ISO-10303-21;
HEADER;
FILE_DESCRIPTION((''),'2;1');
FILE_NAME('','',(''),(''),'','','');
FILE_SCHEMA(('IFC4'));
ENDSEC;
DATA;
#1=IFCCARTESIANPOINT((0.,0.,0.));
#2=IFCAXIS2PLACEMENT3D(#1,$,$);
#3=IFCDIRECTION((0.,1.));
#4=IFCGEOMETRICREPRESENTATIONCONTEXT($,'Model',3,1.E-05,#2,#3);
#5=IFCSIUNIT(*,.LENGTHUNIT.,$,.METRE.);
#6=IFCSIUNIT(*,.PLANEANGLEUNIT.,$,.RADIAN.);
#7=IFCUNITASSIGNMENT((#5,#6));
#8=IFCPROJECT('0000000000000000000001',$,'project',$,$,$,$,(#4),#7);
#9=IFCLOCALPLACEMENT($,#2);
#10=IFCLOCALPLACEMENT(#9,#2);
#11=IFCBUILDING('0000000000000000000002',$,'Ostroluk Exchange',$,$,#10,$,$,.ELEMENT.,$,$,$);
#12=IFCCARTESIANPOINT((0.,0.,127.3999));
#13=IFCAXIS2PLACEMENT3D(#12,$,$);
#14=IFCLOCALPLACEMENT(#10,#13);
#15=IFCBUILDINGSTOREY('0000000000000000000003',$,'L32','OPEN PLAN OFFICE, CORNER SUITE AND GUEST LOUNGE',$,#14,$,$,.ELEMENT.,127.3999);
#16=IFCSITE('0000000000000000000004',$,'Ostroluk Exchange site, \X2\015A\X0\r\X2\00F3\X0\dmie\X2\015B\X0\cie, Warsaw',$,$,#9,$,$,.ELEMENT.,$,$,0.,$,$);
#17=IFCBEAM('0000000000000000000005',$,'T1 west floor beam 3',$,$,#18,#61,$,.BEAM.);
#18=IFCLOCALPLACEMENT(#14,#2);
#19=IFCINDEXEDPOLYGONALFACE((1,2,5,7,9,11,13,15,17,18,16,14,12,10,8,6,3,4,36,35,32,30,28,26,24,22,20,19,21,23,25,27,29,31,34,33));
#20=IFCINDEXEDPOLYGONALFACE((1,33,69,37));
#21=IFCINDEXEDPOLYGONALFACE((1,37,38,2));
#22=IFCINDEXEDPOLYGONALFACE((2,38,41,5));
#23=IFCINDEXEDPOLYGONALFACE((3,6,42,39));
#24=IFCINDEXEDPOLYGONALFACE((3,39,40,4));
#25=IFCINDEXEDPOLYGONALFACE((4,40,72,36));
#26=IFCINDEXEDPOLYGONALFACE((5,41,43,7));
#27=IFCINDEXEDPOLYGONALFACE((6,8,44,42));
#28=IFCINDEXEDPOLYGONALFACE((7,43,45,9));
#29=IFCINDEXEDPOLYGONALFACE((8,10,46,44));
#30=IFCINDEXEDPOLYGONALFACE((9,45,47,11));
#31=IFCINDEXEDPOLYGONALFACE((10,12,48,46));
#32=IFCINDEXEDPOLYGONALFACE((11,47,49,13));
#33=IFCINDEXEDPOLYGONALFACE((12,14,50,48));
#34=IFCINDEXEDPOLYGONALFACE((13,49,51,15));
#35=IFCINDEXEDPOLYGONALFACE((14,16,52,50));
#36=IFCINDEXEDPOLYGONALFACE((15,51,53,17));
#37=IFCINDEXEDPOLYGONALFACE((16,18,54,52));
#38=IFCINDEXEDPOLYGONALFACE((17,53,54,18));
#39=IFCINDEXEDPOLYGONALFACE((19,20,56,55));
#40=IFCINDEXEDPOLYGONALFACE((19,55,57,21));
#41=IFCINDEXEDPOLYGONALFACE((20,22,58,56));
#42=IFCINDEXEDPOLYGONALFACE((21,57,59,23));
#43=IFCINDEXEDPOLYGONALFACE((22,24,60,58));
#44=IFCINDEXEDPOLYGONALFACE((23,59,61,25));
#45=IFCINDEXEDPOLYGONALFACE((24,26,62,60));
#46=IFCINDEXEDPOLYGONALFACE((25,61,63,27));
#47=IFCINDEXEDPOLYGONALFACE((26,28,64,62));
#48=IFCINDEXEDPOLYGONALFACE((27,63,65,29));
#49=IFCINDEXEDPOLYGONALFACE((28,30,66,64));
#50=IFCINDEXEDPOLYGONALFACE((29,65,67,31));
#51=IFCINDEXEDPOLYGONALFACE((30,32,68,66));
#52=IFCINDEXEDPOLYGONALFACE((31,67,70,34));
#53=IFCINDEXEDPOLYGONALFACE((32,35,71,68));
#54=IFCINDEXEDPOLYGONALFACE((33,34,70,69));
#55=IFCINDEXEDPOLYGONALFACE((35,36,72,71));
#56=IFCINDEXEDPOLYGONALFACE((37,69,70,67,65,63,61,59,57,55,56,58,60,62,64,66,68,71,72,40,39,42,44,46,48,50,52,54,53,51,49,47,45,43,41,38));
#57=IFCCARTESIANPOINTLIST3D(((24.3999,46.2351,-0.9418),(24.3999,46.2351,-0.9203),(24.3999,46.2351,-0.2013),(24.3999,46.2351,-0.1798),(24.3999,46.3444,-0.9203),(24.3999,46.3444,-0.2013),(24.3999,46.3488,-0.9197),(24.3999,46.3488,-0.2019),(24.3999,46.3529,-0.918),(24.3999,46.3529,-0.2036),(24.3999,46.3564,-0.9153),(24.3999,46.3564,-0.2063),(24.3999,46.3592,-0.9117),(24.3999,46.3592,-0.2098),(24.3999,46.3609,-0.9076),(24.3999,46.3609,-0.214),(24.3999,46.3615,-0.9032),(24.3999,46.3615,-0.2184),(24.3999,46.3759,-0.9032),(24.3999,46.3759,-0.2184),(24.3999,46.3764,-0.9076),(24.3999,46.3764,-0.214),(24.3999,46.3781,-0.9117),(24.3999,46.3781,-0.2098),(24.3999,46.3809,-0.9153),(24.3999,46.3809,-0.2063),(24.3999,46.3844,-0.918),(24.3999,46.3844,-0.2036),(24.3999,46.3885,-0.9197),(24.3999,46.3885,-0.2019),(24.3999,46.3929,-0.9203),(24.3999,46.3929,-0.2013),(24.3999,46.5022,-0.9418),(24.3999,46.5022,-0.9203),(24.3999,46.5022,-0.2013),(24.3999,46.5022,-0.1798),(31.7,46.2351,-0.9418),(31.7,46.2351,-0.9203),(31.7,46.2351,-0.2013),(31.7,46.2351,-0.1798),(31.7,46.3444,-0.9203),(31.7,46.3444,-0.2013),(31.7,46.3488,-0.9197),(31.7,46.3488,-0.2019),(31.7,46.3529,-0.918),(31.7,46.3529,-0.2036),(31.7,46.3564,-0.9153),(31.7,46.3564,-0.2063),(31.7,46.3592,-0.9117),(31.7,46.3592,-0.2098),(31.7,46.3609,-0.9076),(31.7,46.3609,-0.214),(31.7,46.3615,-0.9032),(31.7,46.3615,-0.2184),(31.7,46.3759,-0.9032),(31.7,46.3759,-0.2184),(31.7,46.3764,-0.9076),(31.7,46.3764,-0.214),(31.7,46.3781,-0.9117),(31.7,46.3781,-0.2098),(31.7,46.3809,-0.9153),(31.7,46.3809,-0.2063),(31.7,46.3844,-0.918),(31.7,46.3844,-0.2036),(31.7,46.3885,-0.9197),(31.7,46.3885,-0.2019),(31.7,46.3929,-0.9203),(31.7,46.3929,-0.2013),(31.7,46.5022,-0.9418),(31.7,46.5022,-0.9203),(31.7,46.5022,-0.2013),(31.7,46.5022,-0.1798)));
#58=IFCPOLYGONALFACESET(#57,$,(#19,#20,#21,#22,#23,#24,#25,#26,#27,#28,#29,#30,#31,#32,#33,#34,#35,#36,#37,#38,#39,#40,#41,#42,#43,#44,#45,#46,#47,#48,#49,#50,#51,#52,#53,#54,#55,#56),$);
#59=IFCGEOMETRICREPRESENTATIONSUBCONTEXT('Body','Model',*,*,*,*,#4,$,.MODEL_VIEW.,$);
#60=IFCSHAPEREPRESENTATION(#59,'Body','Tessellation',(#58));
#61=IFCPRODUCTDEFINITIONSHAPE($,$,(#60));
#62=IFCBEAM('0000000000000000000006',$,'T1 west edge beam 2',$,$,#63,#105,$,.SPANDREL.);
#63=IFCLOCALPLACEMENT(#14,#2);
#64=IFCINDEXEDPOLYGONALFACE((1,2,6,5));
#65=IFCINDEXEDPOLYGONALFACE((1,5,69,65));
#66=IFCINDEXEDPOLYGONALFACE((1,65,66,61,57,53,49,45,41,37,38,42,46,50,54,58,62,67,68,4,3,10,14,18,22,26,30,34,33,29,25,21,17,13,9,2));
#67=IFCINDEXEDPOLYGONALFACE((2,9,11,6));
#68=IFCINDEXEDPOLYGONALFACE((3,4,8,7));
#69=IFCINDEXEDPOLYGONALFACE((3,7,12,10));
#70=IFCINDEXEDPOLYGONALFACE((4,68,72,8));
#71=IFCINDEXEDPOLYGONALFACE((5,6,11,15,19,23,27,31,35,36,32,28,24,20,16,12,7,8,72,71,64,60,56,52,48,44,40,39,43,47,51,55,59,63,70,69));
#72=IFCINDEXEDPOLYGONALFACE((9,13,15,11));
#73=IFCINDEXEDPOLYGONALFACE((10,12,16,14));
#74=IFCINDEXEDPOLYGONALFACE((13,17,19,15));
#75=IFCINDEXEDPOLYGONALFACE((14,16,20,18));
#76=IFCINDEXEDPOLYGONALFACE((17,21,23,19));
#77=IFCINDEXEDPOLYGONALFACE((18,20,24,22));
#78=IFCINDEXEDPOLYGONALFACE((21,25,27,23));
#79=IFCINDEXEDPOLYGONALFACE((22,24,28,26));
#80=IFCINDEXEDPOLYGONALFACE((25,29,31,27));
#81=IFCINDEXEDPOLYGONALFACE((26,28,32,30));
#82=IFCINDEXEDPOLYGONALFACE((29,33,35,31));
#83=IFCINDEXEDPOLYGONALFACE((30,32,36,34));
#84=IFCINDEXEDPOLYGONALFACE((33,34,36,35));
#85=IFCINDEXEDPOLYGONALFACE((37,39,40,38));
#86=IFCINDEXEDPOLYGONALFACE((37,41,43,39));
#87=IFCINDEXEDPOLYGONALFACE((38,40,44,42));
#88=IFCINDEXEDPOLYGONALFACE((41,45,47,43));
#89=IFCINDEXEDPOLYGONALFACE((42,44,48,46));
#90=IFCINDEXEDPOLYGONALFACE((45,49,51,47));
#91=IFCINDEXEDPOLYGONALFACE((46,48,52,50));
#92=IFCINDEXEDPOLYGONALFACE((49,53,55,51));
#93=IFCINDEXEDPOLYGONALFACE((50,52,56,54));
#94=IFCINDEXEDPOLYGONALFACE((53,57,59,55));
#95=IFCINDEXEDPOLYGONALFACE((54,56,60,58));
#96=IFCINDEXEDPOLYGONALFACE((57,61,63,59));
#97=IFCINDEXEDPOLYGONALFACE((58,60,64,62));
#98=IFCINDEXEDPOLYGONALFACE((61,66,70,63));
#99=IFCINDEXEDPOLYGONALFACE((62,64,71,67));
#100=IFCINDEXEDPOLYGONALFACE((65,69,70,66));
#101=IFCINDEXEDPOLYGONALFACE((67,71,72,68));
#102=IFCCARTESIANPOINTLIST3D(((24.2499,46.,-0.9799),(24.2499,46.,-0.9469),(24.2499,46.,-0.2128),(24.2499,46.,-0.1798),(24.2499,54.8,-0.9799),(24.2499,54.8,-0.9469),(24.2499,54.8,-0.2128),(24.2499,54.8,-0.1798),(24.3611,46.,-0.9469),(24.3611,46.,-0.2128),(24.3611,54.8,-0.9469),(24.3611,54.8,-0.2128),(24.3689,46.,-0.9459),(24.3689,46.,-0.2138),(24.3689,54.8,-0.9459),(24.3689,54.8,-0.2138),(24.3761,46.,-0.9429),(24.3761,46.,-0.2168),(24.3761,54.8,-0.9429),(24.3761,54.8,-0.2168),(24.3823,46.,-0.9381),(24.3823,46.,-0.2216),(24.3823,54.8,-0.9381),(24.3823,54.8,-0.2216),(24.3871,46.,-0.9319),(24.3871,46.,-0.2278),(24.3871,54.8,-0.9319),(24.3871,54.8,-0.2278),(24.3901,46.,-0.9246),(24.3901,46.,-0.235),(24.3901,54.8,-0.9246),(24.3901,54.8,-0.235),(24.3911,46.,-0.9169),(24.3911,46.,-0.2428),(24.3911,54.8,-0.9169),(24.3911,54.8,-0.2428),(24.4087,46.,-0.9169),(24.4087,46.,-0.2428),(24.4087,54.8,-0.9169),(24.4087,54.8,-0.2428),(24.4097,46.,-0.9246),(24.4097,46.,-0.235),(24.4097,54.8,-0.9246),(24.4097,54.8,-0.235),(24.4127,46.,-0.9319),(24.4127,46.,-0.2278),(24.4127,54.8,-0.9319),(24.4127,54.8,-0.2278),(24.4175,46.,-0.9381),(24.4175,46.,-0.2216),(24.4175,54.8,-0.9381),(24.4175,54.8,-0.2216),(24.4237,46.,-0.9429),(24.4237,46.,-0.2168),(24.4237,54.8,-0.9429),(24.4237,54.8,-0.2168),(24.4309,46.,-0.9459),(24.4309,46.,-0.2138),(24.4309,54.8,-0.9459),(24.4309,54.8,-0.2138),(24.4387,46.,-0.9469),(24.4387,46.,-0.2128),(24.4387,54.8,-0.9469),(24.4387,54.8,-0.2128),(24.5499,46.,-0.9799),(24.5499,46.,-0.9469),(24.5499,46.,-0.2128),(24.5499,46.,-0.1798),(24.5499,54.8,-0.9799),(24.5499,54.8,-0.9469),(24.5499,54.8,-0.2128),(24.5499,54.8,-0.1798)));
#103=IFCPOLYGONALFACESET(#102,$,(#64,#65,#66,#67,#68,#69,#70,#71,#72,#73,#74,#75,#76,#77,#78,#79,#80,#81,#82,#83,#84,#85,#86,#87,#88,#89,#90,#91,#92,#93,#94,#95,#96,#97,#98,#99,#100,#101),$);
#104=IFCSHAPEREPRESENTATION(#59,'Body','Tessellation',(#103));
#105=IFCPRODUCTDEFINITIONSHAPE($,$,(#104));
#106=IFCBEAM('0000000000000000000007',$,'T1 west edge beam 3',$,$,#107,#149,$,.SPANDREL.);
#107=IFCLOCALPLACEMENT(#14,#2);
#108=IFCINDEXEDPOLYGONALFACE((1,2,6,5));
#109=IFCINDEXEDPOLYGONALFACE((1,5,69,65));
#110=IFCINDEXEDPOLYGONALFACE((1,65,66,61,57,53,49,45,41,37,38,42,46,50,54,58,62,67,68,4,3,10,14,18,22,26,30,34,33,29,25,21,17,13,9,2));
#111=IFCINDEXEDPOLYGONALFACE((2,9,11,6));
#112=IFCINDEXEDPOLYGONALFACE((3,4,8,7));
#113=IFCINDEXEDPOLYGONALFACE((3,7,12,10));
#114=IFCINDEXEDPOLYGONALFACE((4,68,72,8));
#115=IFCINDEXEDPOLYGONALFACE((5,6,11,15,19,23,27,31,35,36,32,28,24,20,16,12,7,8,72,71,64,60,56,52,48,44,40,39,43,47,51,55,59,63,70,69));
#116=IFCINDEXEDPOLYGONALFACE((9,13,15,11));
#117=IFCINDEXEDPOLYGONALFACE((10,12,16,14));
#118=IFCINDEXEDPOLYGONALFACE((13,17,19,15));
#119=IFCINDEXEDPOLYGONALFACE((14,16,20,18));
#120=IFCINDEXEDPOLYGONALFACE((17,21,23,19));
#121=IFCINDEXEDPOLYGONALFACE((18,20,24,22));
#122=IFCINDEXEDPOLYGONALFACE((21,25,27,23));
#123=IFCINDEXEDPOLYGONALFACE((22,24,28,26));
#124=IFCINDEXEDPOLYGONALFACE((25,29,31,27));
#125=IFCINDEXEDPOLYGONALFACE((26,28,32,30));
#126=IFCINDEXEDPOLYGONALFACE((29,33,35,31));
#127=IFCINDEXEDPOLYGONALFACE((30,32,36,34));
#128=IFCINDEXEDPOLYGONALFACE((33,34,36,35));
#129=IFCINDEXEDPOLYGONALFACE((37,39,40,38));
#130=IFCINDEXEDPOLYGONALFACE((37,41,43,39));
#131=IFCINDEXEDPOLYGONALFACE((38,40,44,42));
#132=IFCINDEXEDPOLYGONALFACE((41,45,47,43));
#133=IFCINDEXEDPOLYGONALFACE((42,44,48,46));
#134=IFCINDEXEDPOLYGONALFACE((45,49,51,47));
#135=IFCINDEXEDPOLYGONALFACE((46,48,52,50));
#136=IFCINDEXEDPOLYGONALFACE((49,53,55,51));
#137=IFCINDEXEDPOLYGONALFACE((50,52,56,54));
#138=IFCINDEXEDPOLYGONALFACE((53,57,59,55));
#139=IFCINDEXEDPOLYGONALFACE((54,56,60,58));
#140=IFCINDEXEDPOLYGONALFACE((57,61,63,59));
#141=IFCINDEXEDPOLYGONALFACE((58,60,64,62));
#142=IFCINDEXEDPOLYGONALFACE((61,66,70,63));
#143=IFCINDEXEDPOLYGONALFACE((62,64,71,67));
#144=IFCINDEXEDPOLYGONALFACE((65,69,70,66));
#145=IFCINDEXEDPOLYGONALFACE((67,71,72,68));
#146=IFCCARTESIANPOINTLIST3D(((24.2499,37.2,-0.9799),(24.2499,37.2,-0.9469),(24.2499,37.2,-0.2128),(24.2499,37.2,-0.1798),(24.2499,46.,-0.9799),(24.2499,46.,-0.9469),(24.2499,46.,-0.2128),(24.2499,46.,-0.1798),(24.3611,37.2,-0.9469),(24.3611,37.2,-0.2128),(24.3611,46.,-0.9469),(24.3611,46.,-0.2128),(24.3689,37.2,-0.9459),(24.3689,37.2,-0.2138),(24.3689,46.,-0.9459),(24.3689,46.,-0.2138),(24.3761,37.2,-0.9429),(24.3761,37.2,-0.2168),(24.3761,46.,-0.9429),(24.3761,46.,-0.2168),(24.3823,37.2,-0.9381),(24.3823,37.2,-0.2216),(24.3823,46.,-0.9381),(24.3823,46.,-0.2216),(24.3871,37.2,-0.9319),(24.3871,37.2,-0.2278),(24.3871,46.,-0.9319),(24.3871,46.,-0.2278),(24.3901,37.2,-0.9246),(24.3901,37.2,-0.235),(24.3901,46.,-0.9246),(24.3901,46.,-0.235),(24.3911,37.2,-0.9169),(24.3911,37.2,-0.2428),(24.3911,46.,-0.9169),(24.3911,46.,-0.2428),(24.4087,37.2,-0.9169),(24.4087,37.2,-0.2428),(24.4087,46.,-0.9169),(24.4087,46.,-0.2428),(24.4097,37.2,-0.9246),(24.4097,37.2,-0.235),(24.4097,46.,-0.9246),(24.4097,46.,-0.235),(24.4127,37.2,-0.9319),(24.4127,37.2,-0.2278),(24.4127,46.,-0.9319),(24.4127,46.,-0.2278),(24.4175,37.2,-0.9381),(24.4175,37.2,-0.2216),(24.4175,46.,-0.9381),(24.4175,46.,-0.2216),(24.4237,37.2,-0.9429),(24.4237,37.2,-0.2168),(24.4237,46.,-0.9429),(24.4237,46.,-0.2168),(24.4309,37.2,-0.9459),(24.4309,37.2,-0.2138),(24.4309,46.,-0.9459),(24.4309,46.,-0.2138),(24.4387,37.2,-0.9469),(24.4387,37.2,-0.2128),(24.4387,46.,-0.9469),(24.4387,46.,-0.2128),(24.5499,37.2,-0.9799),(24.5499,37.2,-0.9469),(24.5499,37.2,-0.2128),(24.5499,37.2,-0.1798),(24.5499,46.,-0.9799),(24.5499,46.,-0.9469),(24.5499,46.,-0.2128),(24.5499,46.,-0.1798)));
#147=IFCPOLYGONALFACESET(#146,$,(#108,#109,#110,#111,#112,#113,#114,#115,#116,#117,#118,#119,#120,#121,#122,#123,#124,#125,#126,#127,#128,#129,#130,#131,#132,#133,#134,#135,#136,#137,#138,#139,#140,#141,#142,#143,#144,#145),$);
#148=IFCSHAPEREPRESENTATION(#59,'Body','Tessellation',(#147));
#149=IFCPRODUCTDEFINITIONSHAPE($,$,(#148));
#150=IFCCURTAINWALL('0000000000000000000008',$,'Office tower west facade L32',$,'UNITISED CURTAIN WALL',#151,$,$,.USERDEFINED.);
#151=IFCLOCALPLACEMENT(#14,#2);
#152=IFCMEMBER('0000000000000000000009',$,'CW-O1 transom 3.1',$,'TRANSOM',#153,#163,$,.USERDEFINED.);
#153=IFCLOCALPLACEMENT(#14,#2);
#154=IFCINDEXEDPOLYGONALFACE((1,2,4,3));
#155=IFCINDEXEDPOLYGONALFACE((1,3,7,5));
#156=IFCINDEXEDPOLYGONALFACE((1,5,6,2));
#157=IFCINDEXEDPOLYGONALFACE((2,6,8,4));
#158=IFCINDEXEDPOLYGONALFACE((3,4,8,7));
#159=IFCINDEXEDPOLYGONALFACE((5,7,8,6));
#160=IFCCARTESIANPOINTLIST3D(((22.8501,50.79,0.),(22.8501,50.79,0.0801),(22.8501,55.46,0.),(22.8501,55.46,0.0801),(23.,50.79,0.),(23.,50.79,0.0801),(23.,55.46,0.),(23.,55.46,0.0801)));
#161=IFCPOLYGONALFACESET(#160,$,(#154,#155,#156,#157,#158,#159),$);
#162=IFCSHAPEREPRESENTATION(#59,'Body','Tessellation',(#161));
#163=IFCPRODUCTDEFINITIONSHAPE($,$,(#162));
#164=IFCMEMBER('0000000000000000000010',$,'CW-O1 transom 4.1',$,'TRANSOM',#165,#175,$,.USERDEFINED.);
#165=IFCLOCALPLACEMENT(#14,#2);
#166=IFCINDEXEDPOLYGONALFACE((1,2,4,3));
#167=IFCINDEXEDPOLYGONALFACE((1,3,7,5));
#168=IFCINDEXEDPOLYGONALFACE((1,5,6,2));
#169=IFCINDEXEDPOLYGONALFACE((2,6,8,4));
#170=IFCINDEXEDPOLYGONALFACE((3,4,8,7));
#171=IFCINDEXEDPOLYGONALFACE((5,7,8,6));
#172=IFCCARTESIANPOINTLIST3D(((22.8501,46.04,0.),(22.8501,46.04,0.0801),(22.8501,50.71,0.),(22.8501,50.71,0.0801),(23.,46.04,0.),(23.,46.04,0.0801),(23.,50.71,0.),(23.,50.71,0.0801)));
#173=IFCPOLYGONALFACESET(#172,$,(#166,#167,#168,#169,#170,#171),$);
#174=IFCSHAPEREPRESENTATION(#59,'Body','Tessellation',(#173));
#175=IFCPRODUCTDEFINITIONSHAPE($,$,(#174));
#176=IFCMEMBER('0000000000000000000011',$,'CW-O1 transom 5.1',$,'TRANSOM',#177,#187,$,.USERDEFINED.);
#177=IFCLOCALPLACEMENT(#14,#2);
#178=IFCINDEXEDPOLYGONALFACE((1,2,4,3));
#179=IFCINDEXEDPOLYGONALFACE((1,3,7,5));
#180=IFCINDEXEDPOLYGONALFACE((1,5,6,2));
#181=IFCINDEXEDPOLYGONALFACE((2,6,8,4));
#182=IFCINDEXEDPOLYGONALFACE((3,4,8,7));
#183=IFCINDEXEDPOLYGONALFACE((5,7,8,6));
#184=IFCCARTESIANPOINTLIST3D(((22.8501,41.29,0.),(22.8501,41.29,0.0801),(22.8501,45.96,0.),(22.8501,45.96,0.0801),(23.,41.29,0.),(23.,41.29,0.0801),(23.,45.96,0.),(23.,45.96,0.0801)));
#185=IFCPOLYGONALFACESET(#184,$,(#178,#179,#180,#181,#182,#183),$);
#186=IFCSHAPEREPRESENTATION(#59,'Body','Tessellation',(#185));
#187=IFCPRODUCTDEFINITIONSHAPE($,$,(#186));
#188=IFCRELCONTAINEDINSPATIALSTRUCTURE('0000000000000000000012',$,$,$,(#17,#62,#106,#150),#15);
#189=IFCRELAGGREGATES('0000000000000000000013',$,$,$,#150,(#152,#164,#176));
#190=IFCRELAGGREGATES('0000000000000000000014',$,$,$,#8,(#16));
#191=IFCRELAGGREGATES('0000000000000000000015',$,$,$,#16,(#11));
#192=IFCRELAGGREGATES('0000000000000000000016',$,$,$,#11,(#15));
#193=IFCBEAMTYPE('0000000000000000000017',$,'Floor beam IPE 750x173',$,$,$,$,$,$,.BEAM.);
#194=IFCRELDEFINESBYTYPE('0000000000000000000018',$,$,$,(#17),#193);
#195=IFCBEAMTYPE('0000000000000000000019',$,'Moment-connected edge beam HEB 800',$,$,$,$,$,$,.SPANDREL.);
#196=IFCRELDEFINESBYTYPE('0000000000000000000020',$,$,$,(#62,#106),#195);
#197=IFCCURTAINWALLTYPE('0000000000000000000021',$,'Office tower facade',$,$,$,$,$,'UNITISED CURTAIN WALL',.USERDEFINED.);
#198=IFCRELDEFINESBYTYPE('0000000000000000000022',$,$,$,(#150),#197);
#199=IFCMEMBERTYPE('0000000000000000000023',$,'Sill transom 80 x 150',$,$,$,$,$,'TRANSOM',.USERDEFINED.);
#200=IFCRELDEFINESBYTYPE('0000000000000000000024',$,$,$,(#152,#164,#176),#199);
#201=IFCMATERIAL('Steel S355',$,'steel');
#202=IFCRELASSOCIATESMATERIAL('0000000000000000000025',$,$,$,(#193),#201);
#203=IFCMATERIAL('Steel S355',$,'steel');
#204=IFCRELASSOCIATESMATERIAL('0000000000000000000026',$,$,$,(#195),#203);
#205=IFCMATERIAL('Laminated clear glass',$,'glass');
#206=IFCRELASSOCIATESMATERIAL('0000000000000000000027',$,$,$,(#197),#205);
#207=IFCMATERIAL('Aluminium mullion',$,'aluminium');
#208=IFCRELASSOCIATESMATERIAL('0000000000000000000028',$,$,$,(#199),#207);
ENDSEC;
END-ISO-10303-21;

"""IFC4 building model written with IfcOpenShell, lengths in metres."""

from ifc_helpers import new_model, si_unit, direction, frame, origin, origin_2d, place, context, subcontext, project, spatial, rectangle, i_section, extrude, material, material_profile, profile_set, type_object, element, aggregate, save


model = new_model("IFC4")

# Units and contexts
model_context = context("Model", 3, precision=1e-05, world=origin(), true_north=direction((0.0, 1.0)))
body_context = subcontext(model_context, "Body", "Model", "MODEL_VIEW")
ifc_project = project(units=[si_unit("LENGTHUNIT", "METRE"), si_unit("PLANEANGLEUNIT", "RADIAN")], contexts=[model_context])

# Site, building, storey
site_placement = place(None, origin())
site = spatial("IfcSite", under=ifc_project, at=site_placement, Name="Ostroluk Exchange site, Śródmieście, Warsaw", CompositionType="ELEMENT", RefElevation=0.0)
building_placement = place(site_placement, origin())
building = spatial("IfcBuilding", under=site, at=building_placement, Name="Ostroluk Exchange", CompositionType="ELEMENT")
storey_placement = place(building_placement, frame((0.0, 0.0, 127.3999)))
storey = spatial("IfcBuildingStorey", under=building, at=storey_placement, Name="L32", Description="OPEN PLAN OFFICE, CORNER SUITE AND GUEST LOUNGE", CompositionType="ELEMENT", Elevation=127.3999)

# Beams
ifc_material_1 = material(Name="Steel S355", Category="steel")
ifc_material_profile_1 = material_profile(ifc_material_1, i_section(OverallWidth=0.2671, OverallDepth=0.762, WebThickness=0.0144, FlangeThickness=0.0215, FilletRadius=0.0171, at=origin_2d()), Name="IPE 750x173")
ifc_profile_set_1 = profile_set([ifc_material_profile_1], Name="Steel S355")
beam_type_1 = type_object("IfcBeamType", Name="Floor beam IPE 750x173", PredefinedType="BEAM", material=ifc_profile_set_1)
beam_placement = place(storey_placement, frame((31.7, 46.3687, -0.5608), z_axis=(-1.0, 0.0, 0.0), x_axis=(0.0, -1.0, 0.0)))
element("IfcBeam", 1, at=beam_placement, inside=storey, type_object=beam_type_1, Name="T1 west floor beam 3", PredefinedType="BEAM", context=body_context, shape_type="SweptSolid", body=[
    extrude(i_section(OverallWidth=0.2671, OverallDepth=0.762, WebThickness=0.0144, FlangeThickness=0.0215, FilletRadius=0.0171, at=origin_2d()), origin(), (0.0, 0.0, 1.0), 7.3),
])
ifc_material_2 = material(Name="Steel S355", Category="steel")
ifc_material_profile_2 = material_profile(ifc_material_2, i_section(OverallWidth=0.3, OverallDepth=0.8, WebThickness=0.0176, FlangeThickness=0.033, FilletRadius=0.03, at=origin_2d()), Name="HEB 800")
ifc_profile_set_2 = profile_set([ifc_material_profile_2], Name="Steel S355")
beam_type_2 = type_object("IfcBeamType", Name="Moment-connected edge beam HEB 800", PredefinedType="SPANDREL", material=ifc_profile_set_2)
for number, where, z_axis, x_axis, name in (
    (2, (24.3999, 54.8, -0.5798), (0.0, -1.0, 0.0), (1.0, 0.0, 0.0), "T1 west edge beam 2"),
    (3, (24.3999, 46.0, -0.5798), (0.0, -1.0, 0.0), (1.0, 0.0, 0.0), "T1 west edge beam 3"),
):
    element("IfcBeam", number, at=place(storey_placement, frame(where, z_axis=z_axis, x_axis=x_axis)), inside=storey, type_object=beam_type_2, Name=name, PredefinedType="SPANDREL", context=body_context, shape_type="SweptSolid", body=[
        extrude(i_section(OverallWidth=0.3, OverallDepth=0.8, WebThickness=0.0176, FlangeThickness=0.033, FilletRadius=0.03, at=origin_2d()), origin(), (0.0, 0.0, 1.0), 8.8),
    ])

# Curtain wall, members
ifc_material_3 = material(Name="Laminated clear glass", Category="glass")
curtain_wall_type = type_object("IfcCurtainWallType", Name="Office tower facade", ElementType="UNITISED CURTAIN WALL", PredefinedType="USERDEFINED", material=ifc_material_3)
curtain_wall_placement = place(storey_placement, origin())
curtain_wall = element("IfcCurtainWall", 4, at=curtain_wall_placement, inside=storey, type_object=curtain_wall_type, Name="Office tower west facade L32", ObjectType="UNITISED CURTAIN WALL", PredefinedType="USERDEFINED")
ifc_material_4 = material(Name="Aluminium mullion", Category="aluminium")
ifc_material_profile_3 = material_profile(ifc_material_4, rectangle(XDim=0.1499, YDim=0.0801, at=origin_2d()), Name="Sill transom 80 x 150")
ifc_profile_set_3 = profile_set([ifc_material_profile_3], Name="Aluminium mullion")
member_type_1 = type_object("IfcMemberType", Name="Sill transom 80 x 150", ElementType="TRANSOM", PredefinedType="USERDEFINED", material=ifc_profile_set_3)
member_1_placement = place(storey_placement, frame((22.925, 55.46, 0.04), z_axis=(0.0, -1.0, 0.0), x_axis=(1.0, 0.0, 0.0)))
member_1 = element("IfcMember", 5, at=member_1_placement, type_object=member_type_1, Name="CW-O1 transom 3.1", ObjectType="TRANSOM", PredefinedType="USERDEFINED", context=body_context, shape_type="SweptSolid", body=[
    extrude(rectangle(XDim=0.1499, YDim=0.0801, at=origin_2d()), origin(), (0.0, 0.0, 1.0), 4.6699),
])
member_2_placement = place(storey_placement, frame((22.925, 50.71, 0.04), z_axis=(0.0, -1.0, 0.0), x_axis=(1.0, 0.0, 0.0)))
member_2 = element("IfcMember", 6, at=member_2_placement, type_object=member_type_1, Name="CW-O1 transom 4.1", ObjectType="TRANSOM", PredefinedType="USERDEFINED", context=body_context, shape_type="SweptSolid", body=[
    extrude(rectangle(XDim=0.1499, YDim=0.0801, at=origin_2d()), origin(), (0.0, 0.0, 1.0), 4.6699),
])
member_3_placement = place(storey_placement, frame((22.925, 45.96, 0.04), z_axis=(0.0, -1.0, 0.0), x_axis=(1.0, 0.0, 0.0)))
member_3 = element("IfcMember", 7, at=member_3_placement, type_object=member_type_1, Name="CW-O1 transom 5.1", ObjectType="TRANSOM", PredefinedType="USERDEFINED", context=body_context, shape_type="SweptSolid", body=[
    extrude(rectangle(XDim=0.1499, YDim=0.0801, at=origin_2d()), origin(), (0.0, 0.0, 1.0), 4.6699),
])
aggregate(curtain_wall, [member_1, member_2, member_3])

save(model, "model.ifc")
